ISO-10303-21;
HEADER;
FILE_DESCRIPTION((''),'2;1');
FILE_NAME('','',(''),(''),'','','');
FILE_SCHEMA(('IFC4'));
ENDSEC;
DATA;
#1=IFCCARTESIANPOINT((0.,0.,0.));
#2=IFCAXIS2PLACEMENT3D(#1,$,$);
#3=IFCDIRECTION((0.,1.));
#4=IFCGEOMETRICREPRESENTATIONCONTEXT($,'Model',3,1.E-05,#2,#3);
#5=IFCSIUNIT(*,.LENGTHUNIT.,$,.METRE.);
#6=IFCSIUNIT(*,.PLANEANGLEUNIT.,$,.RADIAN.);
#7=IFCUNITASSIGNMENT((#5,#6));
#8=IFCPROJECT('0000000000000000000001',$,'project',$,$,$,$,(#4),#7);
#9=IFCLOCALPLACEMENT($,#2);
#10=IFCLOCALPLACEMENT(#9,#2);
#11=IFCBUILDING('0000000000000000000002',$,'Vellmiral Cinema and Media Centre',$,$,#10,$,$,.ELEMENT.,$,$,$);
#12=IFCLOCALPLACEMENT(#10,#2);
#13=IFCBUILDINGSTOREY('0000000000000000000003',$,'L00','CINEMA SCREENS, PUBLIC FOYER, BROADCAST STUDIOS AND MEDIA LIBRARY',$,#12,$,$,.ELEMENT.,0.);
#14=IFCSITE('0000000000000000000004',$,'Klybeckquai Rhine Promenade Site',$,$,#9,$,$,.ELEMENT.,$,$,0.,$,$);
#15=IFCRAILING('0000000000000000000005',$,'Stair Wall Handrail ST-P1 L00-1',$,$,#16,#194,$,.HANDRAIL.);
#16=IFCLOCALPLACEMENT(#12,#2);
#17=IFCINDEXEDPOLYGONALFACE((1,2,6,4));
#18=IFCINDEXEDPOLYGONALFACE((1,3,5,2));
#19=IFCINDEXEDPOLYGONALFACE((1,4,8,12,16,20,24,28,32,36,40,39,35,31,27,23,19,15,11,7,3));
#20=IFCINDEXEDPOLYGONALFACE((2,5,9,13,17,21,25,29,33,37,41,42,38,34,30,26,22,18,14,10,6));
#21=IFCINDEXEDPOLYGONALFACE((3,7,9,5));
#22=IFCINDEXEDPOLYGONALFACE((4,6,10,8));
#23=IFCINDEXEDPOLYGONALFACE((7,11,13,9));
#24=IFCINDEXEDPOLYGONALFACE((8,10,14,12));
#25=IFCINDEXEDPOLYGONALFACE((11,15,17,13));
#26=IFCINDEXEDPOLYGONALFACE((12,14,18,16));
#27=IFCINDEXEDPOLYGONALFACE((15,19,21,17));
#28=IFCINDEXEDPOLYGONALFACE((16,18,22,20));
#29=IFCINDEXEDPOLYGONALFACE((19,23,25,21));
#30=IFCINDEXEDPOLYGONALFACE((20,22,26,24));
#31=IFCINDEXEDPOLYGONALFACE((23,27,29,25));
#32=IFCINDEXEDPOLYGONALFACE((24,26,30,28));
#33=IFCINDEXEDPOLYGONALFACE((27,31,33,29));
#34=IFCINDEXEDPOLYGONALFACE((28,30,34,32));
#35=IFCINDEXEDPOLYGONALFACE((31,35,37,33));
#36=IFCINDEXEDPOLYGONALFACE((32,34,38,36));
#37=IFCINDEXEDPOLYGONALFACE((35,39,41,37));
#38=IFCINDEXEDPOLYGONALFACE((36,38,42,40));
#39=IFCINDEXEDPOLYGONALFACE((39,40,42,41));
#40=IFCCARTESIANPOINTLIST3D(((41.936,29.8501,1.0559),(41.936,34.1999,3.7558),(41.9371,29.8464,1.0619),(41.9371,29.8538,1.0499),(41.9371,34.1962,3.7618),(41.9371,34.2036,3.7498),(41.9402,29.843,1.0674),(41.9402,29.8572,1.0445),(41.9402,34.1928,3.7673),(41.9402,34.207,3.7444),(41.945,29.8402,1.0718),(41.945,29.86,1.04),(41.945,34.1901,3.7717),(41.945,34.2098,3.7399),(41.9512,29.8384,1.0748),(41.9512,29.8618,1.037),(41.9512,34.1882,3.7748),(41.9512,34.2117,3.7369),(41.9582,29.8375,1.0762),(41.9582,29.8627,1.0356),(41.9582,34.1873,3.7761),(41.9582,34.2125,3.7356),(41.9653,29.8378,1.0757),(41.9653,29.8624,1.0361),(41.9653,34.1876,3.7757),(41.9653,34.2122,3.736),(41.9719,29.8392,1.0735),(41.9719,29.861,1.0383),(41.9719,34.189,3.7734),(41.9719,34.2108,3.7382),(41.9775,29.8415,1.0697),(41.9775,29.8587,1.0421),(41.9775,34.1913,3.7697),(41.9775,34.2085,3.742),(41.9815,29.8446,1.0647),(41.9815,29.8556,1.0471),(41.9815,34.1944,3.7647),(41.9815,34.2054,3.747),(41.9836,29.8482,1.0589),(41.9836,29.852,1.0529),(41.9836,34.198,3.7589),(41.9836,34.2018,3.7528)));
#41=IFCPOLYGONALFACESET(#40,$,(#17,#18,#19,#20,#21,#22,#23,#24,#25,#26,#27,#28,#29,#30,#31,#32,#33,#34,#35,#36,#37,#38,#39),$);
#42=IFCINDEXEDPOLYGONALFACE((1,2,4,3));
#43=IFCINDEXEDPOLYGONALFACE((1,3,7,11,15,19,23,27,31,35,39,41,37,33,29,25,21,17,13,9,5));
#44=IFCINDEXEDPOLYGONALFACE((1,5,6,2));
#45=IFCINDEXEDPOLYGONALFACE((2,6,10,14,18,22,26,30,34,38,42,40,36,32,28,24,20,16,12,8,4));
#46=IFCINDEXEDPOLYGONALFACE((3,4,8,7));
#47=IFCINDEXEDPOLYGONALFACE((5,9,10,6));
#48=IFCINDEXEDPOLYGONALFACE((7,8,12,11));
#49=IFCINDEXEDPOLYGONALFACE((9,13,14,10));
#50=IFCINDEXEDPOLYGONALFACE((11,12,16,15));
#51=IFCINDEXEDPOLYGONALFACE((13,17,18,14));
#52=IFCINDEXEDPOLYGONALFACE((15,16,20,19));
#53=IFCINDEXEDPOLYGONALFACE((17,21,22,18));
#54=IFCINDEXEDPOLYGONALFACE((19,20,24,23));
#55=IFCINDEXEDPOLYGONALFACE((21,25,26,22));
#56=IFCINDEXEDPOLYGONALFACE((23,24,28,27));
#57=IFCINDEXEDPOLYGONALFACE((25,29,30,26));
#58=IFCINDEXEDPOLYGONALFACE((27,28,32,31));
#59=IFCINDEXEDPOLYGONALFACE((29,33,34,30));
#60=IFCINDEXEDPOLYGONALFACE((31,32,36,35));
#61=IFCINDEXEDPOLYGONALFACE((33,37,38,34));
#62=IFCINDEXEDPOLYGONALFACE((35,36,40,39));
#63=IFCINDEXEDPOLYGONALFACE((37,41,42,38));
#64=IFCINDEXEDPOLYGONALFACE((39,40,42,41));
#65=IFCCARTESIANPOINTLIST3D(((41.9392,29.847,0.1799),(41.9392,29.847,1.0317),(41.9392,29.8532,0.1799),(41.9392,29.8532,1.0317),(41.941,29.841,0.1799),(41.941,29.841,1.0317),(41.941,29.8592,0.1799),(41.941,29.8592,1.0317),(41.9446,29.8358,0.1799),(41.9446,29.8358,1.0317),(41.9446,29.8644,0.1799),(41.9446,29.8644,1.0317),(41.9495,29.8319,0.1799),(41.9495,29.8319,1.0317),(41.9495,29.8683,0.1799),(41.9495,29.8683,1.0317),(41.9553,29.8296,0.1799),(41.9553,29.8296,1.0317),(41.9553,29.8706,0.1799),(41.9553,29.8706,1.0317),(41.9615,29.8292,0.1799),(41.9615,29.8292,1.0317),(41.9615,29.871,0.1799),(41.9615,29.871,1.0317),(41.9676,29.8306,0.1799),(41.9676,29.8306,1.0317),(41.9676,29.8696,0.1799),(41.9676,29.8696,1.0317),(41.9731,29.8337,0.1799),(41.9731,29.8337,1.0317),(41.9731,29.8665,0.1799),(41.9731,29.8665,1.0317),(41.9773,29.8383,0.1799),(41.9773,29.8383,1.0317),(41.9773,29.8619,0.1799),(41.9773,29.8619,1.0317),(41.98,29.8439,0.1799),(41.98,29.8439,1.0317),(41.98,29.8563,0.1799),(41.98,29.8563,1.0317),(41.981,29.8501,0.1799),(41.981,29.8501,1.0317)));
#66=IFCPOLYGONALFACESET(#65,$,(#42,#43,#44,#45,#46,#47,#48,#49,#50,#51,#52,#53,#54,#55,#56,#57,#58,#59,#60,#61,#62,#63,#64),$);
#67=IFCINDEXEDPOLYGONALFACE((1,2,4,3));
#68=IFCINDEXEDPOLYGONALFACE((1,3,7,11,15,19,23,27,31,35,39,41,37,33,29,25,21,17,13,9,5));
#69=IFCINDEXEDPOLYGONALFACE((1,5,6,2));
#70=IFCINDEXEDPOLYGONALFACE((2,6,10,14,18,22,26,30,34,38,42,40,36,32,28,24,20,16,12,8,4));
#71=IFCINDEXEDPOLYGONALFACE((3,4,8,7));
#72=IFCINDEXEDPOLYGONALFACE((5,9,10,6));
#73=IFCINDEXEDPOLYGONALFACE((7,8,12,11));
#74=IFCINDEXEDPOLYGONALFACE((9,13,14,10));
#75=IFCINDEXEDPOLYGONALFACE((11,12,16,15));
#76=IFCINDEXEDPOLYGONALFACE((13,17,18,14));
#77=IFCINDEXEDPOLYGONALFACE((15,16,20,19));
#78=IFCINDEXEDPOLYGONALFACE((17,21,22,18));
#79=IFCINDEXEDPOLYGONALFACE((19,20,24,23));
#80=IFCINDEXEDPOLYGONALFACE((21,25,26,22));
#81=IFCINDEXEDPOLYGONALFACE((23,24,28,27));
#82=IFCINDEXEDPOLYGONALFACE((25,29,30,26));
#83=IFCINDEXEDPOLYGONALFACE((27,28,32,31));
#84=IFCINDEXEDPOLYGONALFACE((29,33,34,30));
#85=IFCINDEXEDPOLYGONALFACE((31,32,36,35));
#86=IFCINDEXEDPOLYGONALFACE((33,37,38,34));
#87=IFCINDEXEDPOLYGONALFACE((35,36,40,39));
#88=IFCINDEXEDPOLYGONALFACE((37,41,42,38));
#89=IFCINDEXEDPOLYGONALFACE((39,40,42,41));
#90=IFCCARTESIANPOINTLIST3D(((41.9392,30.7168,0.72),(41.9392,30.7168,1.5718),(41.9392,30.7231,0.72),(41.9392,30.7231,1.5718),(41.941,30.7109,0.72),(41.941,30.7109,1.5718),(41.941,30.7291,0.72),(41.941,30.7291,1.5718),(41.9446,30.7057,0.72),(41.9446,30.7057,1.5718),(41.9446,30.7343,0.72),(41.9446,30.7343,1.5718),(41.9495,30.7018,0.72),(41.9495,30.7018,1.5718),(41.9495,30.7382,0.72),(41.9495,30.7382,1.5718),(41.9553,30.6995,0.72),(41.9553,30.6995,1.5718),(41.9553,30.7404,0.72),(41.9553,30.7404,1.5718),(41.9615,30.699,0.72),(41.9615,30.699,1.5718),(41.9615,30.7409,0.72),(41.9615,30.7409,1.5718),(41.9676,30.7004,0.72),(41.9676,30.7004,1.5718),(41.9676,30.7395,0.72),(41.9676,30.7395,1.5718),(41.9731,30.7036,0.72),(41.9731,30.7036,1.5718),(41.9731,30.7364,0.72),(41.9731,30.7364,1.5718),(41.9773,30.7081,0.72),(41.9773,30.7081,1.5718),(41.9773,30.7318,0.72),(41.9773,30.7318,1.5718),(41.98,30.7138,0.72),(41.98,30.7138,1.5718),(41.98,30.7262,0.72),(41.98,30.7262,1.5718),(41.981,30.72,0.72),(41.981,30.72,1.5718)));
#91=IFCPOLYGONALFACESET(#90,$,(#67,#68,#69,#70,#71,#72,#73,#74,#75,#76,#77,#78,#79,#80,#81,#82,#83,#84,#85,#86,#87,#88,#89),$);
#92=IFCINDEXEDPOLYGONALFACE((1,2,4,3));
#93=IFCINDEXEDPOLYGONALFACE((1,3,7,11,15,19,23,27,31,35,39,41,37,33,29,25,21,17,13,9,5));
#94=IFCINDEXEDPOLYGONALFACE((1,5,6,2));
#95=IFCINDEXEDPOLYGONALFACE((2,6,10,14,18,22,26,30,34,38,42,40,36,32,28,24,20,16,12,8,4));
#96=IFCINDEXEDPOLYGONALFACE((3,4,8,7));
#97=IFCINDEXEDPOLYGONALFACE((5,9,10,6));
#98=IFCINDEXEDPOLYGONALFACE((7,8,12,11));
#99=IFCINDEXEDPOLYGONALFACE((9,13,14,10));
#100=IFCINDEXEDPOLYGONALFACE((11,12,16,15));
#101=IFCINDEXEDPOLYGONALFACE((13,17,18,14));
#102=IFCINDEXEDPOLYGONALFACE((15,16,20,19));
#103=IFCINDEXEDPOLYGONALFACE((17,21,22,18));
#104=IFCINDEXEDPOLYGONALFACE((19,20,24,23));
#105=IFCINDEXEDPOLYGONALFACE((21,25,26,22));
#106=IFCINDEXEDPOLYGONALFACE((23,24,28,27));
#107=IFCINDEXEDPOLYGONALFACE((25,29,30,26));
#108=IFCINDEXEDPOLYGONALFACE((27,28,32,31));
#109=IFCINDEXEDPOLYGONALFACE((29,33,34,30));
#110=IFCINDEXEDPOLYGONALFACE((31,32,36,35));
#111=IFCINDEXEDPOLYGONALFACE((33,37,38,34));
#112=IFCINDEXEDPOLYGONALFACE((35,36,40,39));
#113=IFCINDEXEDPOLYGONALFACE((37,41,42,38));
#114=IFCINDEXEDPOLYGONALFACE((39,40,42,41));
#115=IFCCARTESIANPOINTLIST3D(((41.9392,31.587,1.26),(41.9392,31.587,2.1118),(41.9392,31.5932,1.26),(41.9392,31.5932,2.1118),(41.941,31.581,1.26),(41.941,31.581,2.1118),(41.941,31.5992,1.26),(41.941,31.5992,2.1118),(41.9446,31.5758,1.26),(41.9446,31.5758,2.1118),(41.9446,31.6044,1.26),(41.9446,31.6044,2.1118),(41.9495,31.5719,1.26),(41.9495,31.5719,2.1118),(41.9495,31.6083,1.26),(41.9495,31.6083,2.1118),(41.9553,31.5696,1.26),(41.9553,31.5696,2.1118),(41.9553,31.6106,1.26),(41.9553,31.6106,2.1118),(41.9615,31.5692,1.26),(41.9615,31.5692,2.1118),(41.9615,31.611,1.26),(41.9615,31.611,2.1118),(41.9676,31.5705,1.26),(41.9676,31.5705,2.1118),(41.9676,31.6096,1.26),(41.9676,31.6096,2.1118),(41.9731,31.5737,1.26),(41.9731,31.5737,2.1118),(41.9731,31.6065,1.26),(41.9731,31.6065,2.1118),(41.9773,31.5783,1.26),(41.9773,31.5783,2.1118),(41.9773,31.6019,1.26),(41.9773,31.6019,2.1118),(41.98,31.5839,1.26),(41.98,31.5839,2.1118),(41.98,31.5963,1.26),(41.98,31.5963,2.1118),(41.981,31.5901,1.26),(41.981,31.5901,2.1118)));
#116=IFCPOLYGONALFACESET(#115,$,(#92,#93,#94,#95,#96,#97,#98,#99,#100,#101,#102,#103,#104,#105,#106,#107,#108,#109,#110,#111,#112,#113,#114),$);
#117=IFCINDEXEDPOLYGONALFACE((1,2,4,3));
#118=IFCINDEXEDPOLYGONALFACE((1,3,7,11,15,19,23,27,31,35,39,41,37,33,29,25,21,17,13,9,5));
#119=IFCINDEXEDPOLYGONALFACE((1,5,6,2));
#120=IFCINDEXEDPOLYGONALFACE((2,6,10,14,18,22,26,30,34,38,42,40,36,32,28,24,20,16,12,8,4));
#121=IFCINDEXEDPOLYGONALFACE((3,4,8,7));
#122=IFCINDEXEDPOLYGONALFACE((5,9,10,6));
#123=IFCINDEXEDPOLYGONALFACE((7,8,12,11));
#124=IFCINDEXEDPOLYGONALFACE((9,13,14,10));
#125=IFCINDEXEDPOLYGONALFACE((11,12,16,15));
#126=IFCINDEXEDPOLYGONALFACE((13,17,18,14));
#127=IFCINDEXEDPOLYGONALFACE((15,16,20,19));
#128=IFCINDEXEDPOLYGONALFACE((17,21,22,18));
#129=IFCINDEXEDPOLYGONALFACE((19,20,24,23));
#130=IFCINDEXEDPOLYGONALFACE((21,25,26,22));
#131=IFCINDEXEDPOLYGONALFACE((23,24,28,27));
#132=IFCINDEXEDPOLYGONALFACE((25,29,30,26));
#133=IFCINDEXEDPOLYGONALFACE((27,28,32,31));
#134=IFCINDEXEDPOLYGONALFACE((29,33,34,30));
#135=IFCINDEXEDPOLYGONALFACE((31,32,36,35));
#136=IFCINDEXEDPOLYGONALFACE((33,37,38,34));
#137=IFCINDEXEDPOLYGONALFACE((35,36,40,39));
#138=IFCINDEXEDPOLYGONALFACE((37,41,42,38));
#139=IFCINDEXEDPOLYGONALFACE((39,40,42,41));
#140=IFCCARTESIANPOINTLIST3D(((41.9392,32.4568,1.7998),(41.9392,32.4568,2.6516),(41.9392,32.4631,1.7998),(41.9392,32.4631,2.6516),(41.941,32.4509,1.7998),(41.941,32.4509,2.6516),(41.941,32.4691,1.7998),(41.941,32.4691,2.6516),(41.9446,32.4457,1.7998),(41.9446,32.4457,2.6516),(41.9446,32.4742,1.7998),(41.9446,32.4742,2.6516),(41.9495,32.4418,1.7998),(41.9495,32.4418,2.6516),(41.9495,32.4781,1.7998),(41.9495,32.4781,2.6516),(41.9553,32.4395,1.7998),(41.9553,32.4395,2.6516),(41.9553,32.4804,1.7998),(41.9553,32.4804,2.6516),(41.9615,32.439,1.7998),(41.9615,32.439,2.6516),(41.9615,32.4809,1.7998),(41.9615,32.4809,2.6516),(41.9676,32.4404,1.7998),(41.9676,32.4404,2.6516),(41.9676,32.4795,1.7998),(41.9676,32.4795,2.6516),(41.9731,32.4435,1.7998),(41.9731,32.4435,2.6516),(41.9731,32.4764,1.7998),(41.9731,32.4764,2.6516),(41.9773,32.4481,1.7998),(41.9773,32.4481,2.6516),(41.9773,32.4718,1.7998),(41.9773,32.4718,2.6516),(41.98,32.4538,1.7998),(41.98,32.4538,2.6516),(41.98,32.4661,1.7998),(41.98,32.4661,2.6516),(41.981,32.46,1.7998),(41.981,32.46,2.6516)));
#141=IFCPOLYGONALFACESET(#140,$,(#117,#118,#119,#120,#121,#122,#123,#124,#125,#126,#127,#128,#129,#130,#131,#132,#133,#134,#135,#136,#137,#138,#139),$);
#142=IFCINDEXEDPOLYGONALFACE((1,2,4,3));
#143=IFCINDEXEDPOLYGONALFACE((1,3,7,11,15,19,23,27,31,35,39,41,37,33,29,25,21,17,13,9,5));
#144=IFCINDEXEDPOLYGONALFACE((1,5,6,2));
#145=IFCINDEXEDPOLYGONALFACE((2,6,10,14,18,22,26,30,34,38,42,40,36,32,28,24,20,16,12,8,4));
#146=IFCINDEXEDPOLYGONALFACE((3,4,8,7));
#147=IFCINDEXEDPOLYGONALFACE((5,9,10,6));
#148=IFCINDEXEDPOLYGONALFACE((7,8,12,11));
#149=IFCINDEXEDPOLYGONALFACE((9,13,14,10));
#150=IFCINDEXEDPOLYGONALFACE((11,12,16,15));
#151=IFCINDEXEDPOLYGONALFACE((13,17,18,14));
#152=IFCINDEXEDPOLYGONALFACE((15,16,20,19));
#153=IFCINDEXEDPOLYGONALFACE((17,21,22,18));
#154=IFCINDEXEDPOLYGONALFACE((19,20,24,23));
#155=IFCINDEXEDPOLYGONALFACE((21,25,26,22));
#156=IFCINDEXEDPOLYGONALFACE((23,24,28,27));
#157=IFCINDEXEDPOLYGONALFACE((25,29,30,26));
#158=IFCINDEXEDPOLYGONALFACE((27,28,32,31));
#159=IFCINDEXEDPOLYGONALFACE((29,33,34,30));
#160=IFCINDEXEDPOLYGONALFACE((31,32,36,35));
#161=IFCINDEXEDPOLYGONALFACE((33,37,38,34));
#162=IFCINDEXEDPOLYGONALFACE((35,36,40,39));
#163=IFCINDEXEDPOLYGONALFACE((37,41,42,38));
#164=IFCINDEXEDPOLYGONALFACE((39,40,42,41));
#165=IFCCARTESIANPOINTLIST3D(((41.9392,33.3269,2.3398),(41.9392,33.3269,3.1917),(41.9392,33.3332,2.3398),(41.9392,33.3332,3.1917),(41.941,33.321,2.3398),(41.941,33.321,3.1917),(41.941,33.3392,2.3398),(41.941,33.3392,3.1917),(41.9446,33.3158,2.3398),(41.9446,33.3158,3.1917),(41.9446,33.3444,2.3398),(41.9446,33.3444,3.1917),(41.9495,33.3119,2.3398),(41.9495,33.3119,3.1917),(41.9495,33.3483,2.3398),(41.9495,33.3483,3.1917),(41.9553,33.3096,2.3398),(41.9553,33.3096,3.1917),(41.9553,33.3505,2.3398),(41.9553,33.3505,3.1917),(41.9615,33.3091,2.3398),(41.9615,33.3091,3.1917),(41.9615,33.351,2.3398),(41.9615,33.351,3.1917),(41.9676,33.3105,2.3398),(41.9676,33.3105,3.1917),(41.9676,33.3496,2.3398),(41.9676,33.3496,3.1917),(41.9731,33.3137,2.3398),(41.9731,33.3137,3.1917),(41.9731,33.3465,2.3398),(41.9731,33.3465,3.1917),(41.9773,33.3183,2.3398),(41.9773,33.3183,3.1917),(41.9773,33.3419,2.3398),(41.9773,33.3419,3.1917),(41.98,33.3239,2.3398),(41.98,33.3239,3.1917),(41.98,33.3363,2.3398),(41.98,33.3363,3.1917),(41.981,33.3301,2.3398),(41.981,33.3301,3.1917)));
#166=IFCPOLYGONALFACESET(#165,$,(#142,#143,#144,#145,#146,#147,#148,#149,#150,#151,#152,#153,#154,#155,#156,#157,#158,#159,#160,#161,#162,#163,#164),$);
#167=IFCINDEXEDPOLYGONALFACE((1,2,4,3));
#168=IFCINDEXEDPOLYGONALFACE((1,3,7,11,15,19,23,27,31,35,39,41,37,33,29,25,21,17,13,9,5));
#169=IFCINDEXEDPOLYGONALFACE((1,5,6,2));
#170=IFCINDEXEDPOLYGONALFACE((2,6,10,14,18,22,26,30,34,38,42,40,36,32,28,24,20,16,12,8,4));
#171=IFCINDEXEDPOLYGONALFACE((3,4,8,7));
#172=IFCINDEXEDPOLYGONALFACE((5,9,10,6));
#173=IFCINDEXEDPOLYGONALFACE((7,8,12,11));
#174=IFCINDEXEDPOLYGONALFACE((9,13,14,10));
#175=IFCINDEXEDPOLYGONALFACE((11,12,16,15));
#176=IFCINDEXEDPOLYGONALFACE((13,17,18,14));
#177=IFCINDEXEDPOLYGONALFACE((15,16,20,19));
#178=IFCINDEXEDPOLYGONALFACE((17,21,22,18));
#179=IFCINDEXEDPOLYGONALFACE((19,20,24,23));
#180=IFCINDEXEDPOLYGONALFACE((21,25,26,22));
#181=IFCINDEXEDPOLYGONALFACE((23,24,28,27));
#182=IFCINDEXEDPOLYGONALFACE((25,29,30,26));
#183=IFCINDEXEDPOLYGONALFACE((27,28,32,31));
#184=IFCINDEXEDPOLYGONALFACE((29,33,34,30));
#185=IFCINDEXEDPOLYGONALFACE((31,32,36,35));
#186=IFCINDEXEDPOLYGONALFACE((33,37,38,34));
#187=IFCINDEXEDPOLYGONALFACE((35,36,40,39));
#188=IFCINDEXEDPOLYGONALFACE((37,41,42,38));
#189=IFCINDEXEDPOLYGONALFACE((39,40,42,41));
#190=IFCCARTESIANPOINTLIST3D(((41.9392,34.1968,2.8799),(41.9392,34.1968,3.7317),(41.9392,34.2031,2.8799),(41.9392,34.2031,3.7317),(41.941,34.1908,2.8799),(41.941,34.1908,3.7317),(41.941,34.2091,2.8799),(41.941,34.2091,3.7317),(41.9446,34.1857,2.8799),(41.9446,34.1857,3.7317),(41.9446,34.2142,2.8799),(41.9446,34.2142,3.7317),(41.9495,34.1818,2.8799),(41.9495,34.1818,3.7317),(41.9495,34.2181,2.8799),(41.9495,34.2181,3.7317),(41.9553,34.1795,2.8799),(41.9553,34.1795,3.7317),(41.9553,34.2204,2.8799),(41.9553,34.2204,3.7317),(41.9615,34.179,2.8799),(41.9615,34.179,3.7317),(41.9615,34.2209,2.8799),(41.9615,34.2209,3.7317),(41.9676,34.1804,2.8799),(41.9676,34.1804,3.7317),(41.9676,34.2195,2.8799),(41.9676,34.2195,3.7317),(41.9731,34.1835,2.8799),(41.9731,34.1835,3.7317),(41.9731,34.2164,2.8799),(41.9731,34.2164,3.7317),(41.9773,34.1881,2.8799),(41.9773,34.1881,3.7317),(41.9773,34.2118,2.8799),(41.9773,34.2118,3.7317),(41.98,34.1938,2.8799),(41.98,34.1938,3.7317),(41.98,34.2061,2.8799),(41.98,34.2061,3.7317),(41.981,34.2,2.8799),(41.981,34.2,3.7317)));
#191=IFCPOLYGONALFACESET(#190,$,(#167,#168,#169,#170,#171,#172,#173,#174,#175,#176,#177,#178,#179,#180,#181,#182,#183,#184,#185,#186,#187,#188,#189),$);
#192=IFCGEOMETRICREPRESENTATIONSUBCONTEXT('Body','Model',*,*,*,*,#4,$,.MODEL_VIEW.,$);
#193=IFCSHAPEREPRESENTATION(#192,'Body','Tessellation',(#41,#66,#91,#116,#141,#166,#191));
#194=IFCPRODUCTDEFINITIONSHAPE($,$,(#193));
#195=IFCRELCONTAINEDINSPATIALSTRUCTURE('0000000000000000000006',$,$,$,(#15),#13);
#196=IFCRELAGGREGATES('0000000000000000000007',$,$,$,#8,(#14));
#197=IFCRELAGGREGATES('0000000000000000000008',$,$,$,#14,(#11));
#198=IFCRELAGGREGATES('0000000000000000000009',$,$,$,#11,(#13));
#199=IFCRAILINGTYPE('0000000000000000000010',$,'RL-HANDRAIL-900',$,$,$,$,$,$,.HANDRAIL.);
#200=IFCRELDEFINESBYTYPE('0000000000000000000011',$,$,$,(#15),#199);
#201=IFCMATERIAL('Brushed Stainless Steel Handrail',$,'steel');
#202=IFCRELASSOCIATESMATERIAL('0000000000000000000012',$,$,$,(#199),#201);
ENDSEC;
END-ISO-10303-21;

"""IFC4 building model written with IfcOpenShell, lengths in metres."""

from ifc_helpers import new_model, si_unit, direction, frame, origin, origin_2d, place, context, subcontext, project, spatial, circle, extrude, material, type_object, element, save


model = new_model("IFC4")

# Units and contexts
model_context = context("Model", 3, precision=1e-05, world=origin(), true_north=direction((0.0, 1.0)))
body_context = subcontext(model_context, "Body", "Model", "MODEL_VIEW")
ifc_project = project(units=[si_unit("LENGTHUNIT", "METRE"), si_unit("PLANEANGLEUNIT", "RADIAN")], contexts=[model_context])

# Site, building, storey
site_placement = place(None, origin())
site = spatial("IfcSite", under=ifc_project, at=site_placement, Name="Klybeckquai Rhine Promenade Site", CompositionType="ELEMENT", RefElevation=0.0)
building_placement = place(site_placement, origin())
building = spatial("IfcBuilding", under=site, at=building_placement, Name="Vellmiral Cinema and Media Centre", CompositionType="ELEMENT")
storey_placement = place(building_placement, origin())
storey = spatial("IfcBuildingStorey", under=building, at=storey_placement, Name="L00", Description="CINEMA SCREENS, PUBLIC FOYER, BROADCAST STUDIOS AND MEDIA LIBRARY", CompositionType="ELEMENT", Elevation=0.0)

# Railing
ifc_material_1 = material(Name="Brushed Stainless Steel Handrail", Category="steel")
railing_type = type_object("IfcRailingType", Name="RL-HANDRAIL-900", PredefinedType="HANDRAIL", material=ifc_material_1)
railing_placement = place(storey_placement, frame((41.96, 29.8501, 0.1799)))
element("IfcRailing", 1, at=railing_placement, inside=storey, type_object=railing_type, Name="Stair Wall Handrail ST-P1 L00-1", PredefinedType="HANDRAIL", context=body_context, shape_type="SweptSolid", body=[
    extrude(circle(Radius=0.0239, at=origin_2d()), frame((0.0, 0.0, 0.876), z_axis=(0.0, 0.849636, 0.527369), x_axis=(-1.0, 0.0, 0.0)), (0.0, 0.0, 1.0), 5.1196),
    extrude(circle(Radius=0.021, at=origin_2d()), origin(), (0.0, 0.0, 1.0), 0.8518),
    extrude(circle(Radius=0.021, at=origin_2d()), frame((0.0, 0.8699, 0.54)), (0.0, 0.0, 1.0), 0.8518),
    extrude(circle(Radius=0.021, at=origin_2d()), frame((0.0, 1.74, 1.0801)), (0.0, 0.0, 1.0), 0.8518),
    extrude(circle(Radius=0.021, at=origin_2d()), frame((0.0, 2.6099, 1.6199)), (0.0, 0.0, 1.0), 0.8518),
    extrude(circle(Radius=0.021, at=origin_2d()), frame((0.0, 3.48, 2.1599)), (0.0, 0.0, 1.0), 0.8518),
    extrude(circle(Radius=0.021, at=origin_2d()), frame((0.0, 4.3499, 2.7)), (0.0, 0.0, 1.0), 0.8518),
])

save(model, "model.ifc")
